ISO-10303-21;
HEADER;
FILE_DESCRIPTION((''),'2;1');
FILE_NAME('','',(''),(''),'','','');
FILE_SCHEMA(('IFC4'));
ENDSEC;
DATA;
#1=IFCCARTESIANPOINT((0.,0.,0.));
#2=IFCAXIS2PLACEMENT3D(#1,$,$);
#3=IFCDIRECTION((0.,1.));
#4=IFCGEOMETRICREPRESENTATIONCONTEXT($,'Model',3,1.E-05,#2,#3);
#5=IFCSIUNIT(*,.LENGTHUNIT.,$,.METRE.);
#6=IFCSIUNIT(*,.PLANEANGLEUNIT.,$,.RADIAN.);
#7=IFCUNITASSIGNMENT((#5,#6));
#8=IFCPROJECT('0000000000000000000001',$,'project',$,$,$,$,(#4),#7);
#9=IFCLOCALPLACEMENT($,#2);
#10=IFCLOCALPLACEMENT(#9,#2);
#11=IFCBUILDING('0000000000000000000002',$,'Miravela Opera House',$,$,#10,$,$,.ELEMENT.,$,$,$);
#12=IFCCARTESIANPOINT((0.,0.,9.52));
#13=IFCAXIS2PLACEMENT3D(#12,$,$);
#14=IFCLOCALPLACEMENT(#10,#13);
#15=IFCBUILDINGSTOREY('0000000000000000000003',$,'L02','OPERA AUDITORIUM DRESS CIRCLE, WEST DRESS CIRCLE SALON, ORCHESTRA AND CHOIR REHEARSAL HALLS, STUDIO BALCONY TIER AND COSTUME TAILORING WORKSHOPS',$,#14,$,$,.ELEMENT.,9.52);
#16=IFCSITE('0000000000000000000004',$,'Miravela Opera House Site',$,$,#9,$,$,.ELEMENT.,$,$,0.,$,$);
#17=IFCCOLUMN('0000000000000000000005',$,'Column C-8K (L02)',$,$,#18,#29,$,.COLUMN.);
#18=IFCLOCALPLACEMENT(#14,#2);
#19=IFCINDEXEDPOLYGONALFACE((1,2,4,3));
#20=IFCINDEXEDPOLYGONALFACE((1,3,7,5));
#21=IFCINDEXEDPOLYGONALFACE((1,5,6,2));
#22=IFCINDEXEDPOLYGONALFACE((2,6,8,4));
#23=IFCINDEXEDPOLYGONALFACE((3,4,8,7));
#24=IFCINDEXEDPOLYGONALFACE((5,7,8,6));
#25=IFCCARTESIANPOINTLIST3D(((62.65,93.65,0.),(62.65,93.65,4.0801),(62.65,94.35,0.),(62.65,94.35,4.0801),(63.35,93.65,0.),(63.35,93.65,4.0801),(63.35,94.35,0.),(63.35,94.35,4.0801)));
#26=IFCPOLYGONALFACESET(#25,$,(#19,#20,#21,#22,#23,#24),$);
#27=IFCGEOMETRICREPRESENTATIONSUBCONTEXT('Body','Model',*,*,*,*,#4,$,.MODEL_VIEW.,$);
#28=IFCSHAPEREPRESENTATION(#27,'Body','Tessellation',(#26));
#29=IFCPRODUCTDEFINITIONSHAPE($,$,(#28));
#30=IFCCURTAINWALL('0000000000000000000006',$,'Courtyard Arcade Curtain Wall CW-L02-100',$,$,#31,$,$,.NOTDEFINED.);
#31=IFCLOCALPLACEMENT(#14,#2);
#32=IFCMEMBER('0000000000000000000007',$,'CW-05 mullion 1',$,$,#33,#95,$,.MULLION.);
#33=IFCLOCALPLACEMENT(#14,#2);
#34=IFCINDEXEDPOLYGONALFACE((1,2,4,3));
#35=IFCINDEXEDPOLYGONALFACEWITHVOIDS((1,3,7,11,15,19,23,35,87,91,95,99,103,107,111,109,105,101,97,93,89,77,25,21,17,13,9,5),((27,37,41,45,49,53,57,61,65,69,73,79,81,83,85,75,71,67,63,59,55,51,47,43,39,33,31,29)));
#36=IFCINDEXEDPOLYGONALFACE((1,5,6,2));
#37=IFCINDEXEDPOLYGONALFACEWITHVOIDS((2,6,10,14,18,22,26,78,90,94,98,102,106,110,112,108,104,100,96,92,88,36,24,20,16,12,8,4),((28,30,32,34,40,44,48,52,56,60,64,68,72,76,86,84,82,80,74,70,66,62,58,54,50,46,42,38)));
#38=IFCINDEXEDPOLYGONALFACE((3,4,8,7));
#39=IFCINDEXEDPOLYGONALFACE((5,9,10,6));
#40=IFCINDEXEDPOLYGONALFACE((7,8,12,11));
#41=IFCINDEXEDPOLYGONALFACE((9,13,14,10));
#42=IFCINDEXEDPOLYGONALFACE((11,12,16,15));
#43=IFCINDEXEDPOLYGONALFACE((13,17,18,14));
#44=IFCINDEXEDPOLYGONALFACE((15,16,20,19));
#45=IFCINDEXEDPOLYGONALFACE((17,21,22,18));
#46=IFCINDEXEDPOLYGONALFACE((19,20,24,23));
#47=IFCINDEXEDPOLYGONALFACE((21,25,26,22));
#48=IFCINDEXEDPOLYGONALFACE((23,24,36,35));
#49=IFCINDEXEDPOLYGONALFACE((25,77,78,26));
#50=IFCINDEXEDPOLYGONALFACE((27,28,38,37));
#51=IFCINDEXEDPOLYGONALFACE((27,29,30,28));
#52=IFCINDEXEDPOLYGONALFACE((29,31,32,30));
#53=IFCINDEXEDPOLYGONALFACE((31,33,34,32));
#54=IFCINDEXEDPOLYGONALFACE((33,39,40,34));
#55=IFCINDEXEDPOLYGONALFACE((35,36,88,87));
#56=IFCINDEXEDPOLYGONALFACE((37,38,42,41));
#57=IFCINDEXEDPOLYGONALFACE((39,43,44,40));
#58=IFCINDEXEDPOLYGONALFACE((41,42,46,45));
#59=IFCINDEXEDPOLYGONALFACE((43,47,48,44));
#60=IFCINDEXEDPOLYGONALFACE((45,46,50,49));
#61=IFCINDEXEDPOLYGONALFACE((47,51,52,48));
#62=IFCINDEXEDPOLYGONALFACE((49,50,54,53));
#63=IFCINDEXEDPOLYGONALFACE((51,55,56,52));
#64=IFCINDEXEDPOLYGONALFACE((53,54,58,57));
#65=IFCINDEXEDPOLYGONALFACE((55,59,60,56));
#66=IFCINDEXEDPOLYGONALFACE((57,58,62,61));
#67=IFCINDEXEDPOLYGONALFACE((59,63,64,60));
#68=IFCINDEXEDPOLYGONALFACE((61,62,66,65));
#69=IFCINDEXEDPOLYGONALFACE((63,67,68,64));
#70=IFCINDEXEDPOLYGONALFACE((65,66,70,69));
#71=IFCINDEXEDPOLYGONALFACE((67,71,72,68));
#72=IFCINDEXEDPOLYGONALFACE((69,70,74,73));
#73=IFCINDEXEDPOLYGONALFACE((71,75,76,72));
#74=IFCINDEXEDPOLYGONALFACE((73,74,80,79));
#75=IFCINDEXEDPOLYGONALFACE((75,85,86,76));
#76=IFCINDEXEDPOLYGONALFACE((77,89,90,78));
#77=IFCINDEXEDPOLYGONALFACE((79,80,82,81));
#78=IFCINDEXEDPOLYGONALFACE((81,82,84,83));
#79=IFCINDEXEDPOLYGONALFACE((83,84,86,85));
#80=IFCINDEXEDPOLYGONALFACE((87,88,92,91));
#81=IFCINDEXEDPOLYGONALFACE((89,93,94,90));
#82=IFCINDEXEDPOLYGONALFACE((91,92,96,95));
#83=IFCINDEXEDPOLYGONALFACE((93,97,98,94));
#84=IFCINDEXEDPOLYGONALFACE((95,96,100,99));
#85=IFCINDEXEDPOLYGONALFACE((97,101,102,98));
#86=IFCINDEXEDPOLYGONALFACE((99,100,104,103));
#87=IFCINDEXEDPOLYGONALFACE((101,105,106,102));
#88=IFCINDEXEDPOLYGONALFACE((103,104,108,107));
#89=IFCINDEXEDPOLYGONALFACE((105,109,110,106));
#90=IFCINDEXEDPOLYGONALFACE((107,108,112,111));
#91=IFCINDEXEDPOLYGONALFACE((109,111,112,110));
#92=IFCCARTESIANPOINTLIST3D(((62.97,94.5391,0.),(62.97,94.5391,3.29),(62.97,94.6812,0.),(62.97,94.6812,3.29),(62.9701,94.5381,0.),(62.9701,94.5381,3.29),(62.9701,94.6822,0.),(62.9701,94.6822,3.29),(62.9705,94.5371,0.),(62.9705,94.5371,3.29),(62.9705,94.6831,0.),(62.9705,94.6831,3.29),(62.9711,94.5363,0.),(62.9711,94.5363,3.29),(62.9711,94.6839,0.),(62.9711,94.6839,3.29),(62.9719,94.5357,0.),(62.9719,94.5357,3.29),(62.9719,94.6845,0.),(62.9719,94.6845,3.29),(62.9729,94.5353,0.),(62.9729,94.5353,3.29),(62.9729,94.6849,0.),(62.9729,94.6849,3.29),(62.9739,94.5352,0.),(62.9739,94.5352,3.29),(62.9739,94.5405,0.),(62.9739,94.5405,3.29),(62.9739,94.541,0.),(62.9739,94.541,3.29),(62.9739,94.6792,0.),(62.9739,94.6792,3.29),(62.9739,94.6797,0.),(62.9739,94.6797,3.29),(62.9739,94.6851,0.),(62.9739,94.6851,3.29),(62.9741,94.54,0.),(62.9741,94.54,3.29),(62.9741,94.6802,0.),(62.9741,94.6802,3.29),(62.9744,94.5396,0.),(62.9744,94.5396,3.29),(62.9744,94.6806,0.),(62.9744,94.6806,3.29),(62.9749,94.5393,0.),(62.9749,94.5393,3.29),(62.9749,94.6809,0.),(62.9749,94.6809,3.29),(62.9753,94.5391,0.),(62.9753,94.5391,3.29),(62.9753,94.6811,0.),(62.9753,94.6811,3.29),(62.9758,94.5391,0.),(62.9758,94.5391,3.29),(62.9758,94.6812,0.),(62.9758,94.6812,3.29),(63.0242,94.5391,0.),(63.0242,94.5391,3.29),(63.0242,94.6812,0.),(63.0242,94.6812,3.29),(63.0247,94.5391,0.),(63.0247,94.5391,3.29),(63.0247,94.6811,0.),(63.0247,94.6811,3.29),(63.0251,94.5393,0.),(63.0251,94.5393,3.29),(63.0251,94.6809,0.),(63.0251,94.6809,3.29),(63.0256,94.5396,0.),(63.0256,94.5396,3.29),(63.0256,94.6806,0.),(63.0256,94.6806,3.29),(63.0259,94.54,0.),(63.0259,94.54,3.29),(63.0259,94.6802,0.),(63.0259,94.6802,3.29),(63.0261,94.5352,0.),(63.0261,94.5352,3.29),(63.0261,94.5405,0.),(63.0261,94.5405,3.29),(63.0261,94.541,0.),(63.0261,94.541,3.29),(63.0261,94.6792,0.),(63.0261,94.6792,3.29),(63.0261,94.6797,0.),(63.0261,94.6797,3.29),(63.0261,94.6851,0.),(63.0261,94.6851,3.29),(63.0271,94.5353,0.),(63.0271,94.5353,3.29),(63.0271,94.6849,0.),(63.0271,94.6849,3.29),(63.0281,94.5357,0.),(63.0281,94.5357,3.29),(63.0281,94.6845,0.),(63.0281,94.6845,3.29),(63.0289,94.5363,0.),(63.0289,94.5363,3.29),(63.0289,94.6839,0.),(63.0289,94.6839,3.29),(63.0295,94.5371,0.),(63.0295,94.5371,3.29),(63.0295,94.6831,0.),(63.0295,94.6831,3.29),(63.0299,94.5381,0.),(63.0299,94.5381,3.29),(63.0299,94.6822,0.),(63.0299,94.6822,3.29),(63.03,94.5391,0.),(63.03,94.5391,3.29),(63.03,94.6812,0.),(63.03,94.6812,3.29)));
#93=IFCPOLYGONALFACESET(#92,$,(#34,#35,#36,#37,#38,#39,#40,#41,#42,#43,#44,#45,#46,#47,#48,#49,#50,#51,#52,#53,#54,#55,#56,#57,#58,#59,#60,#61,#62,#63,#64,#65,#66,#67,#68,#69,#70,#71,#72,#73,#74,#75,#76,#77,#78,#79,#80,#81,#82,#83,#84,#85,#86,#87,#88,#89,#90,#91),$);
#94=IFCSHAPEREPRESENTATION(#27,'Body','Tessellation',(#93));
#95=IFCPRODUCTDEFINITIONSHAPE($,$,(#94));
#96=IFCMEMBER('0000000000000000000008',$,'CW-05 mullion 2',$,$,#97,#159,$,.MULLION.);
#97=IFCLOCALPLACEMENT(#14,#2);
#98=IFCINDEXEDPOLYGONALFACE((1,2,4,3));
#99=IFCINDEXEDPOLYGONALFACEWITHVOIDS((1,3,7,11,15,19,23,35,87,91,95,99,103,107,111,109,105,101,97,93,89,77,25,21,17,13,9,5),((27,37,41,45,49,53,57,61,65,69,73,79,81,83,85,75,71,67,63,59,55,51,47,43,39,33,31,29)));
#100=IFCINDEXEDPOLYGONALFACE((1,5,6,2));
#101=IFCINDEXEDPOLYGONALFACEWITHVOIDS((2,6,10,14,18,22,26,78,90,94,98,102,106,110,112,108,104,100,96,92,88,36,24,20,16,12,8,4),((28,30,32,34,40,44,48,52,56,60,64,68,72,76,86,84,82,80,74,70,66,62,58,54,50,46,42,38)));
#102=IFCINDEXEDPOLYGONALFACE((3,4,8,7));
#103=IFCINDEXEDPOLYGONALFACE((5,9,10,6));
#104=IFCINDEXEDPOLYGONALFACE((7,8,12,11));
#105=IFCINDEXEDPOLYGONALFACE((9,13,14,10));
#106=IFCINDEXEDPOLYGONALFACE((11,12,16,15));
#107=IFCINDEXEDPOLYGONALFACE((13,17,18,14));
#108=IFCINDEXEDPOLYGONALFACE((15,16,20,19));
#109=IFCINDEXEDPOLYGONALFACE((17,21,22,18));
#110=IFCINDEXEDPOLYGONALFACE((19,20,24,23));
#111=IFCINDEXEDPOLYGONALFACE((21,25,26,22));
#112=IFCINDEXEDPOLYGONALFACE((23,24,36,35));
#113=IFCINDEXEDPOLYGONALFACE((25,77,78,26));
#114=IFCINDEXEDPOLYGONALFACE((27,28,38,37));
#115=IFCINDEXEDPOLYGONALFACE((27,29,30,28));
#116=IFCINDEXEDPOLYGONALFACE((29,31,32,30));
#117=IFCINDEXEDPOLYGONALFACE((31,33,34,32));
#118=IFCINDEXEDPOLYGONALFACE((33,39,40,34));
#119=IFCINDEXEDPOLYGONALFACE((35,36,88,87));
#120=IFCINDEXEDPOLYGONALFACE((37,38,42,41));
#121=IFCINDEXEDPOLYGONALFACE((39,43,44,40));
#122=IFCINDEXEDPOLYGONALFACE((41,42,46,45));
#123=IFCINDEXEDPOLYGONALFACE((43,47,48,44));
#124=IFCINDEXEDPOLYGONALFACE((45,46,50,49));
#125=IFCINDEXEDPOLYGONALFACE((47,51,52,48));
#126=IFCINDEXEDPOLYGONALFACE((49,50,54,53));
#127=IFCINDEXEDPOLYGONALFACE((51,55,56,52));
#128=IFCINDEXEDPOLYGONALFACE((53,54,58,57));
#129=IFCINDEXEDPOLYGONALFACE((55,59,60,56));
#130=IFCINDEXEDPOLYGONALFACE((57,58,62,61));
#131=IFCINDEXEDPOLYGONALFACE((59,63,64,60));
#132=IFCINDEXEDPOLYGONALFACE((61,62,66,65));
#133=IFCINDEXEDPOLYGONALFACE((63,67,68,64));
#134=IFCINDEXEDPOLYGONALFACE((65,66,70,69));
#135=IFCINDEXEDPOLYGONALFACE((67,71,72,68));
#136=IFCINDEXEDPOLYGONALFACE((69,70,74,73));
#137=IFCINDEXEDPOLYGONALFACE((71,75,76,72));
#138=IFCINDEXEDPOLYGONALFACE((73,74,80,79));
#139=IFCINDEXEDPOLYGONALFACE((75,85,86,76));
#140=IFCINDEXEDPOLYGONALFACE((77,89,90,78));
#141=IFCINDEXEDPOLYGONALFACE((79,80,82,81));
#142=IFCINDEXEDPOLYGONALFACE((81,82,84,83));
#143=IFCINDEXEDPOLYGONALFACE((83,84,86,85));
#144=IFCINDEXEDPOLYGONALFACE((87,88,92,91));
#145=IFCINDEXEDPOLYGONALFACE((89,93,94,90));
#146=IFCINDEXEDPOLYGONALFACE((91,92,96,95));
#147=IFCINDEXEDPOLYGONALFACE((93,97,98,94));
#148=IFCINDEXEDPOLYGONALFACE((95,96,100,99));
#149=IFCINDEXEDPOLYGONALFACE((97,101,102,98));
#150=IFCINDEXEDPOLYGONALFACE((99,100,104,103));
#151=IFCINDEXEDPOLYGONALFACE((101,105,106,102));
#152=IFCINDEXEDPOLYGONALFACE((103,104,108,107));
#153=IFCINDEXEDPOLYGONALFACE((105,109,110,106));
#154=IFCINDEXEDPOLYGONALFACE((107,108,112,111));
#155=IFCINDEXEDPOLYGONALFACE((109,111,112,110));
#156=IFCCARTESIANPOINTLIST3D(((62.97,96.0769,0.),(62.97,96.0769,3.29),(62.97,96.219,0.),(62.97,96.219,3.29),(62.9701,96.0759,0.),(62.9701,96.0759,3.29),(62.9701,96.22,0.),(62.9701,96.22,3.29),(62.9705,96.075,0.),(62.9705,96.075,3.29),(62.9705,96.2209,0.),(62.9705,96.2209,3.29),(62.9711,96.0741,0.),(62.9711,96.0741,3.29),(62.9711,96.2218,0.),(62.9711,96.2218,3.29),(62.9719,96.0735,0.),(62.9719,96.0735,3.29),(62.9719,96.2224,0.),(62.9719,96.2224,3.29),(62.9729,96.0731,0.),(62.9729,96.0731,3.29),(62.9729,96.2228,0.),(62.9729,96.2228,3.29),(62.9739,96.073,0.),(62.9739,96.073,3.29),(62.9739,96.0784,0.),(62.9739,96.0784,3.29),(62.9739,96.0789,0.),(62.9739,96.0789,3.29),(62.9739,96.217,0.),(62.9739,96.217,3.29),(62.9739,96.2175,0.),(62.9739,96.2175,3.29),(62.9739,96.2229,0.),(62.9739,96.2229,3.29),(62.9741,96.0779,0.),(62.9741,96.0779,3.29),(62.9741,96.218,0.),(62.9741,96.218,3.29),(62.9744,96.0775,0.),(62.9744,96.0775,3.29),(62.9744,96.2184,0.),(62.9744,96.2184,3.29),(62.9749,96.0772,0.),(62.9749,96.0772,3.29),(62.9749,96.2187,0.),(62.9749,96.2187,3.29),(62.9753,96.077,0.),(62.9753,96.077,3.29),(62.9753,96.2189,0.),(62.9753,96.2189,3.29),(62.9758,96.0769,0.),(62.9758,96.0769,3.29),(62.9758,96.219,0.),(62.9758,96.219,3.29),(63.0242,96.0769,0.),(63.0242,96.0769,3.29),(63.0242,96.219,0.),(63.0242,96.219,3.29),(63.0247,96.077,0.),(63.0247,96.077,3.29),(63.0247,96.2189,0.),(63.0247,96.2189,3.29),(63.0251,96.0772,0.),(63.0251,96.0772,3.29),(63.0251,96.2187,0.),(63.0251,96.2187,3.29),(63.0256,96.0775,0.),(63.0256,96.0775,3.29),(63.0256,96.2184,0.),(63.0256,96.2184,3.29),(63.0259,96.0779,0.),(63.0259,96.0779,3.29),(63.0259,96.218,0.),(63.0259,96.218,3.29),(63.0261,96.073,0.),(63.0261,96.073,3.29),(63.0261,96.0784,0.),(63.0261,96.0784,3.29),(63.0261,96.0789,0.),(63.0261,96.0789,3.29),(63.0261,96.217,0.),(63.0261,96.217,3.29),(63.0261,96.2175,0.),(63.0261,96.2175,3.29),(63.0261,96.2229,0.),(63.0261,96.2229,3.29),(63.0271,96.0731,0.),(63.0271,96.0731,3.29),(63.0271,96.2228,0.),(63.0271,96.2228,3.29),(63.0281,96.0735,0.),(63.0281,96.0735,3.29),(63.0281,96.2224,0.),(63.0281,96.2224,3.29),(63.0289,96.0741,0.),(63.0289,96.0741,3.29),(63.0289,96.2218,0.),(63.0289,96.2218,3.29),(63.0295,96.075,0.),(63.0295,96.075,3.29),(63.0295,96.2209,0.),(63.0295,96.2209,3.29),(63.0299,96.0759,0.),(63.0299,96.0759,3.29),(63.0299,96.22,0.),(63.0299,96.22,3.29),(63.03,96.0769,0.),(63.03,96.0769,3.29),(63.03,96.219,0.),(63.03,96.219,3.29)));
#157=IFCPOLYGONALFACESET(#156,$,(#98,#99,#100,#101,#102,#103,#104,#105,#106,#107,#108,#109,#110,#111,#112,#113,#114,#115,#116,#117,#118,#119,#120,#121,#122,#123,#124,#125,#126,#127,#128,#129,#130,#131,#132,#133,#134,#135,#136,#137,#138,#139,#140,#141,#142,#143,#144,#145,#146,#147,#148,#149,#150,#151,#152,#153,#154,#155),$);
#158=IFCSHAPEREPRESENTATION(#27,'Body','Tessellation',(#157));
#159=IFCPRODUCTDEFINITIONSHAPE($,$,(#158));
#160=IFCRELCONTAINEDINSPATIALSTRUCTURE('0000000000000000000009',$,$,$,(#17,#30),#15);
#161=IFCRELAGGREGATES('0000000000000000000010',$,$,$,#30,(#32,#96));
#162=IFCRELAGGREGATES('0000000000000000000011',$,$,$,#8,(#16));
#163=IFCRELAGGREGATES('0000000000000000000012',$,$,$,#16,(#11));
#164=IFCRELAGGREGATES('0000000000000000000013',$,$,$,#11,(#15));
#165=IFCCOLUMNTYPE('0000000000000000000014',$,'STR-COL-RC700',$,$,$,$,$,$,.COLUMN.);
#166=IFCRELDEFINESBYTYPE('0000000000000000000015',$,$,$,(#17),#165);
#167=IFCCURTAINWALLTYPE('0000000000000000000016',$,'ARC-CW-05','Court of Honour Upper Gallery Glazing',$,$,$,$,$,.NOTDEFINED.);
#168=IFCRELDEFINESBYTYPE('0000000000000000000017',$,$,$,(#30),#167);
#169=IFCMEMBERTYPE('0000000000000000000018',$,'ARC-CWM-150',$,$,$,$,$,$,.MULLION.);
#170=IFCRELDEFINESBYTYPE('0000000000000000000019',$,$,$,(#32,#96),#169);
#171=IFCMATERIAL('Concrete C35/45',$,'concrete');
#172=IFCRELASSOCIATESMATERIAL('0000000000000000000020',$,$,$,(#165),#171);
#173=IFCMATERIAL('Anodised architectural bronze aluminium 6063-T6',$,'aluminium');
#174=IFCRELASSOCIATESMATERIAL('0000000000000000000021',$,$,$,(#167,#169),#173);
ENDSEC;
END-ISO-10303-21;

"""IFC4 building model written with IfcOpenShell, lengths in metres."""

from ifc_helpers import new_model, si_unit, direction, frame, origin, origin_2d, place, context, subcontext, project, spatial, rectangle, hollow_rectangle, extrude, material, material_profile, profile_set, type_object, element, aggregate, save


model = new_model("IFC4")

# Units and contexts
model_context = context("Model", 3, precision=1e-05, world=origin(), true_north=direction((0.0, 1.0)))
body_context = subcontext(model_context, "Body", "Model", "MODEL_VIEW")
ifc_project = project(units=[si_unit("LENGTHUNIT", "METRE"), si_unit("PLANEANGLEUNIT", "RADIAN")], contexts=[model_context])

# Site, building, storey
site_placement = place(None, origin())
site = spatial("IfcSite", under=ifc_project, at=site_placement, Name="Miravela Opera House Site", CompositionType="ELEMENT", RefElevation=0.0)
building_placement = place(site_placement, origin())
building = spatial("IfcBuilding", under=site, at=building_placement, Name="Miravela Opera House", CompositionType="ELEMENT")
storey_placement = place(building_placement, frame((0.0, 0.0, 9.52)))
storey = spatial("IfcBuildingStorey", under=building, at=storey_placement, Name="L02", Description="OPERA AUDITORIUM DRESS CIRCLE, WEST DRESS CIRCLE SALON, ORCHESTRA AND CHOIR REHEARSAL HALLS, STUDIO BALCONY TIER AND COSTUME TAILORING WORKSHOPS", CompositionType="ELEMENT", Elevation=9.52)

# Column
ifc_material_1 = material(Name="Concrete C35/45", Category="concrete")
ifc_material_profile_1 = material_profile(ifc_material_1, rectangle(XDim=0.7, YDim=0.7, at=origin_2d()), Name="RC-COL-700X700")
ifc_profile_set_1 = profile_set([ifc_material_profile_1])
column_type = type_object("IfcColumnType", Name="STR-COL-RC700", PredefinedType="COLUMN", material=ifc_profile_set_1)
column_placement = place(storey_placement, frame((63.0, 94.0, 0.0), z_axis=(0.0, 0.0, 1.0), x_axis=(1.0, 0.0, 0.0)))
element("IfcColumn", 1, at=column_placement, inside=storey, type_object=column_type, Name="Column C-8K (L02)", PredefinedType="COLUMN", context=body_context, shape_type="SweptSolid", body=[
    extrude(rectangle(XDim=0.7, YDim=0.7, at=origin_2d()), origin(), (0.0, 0.0, 1.0), 4.0801),
])

# Curtain wall, members
ifc_material_2 = material(Name="Anodised architectural bronze aluminium 6063-T6", Category="aluminium")
curtain_wall_type = type_object("IfcCurtainWallType", Name="ARC-CW-05", Description="Court of Honour Upper Gallery Glazing", PredefinedType="NOTDEFINED", material=ifc_material_2)
curtain_wall_placement = place(storey_placement, origin())
curtain_wall = element("IfcCurtainWall", 2, at=curtain_wall_placement, inside=storey, type_object=curtain_wall_type, Name="Courtyard Arcade Curtain Wall CW-L02-100", PredefinedType="NOTDEFINED")
ifc_material_profile_2 = material_profile(ifc_material_2, hollow_rectangle(XDim=0.0601, YDim=0.1499, WallThickness=0.0039, InnerFilletRadius=0.002, OuterFilletRadius=0.0039, at=origin_2d()), Name="CWM-60X150")
ifc_profile_set_2 = profile_set([ifc_material_profile_2])
member_type_1 = type_object("IfcMemberType", Name="ARC-CWM-150", PredefinedType="MULLION", material=ifc_profile_set_2)
member_1_placement = place(storey_placement, frame((63.0, 94.6101, 0.0), z_axis=(0.0, 0.0, 1.0), x_axis=(-1.0, 0.0, 0.0)))
member_1 = element("IfcMember", 3, at=member_1_placement, type_object=member_type_1, Name="CW-05 mullion 1", PredefinedType="MULLION", context=body_context, shape_type="SweptSolid", body=[
    extrude(hollow_rectangle(XDim=0.0601, YDim=0.1499, WallThickness=0.0039, InnerFilletRadius=0.002, OuterFilletRadius=0.0039, at=origin_2d()), origin(), (0.0, 0.0, 1.0), 3.29),
])
member_2_placement = place(storey_placement, frame((63.0, 96.1479, 0.0), z_axis=(0.0, 0.0, 1.0), x_axis=(-1.0, 0.0, 0.0)))
member_2 = element("IfcMember", 4, at=member_2_placement, type_object=member_type_1, Name="CW-05 mullion 2", PredefinedType="MULLION", context=body_context, shape_type="SweptSolid", body=[
    extrude(hollow_rectangle(XDim=0.0601, YDim=0.1499, WallThickness=0.0039, InnerFilletRadius=0.002, OuterFilletRadius=0.0039, at=origin_2d()), origin(), (0.0, 0.0, 1.0), 3.29),
])

aggregate(curtain_wall, [member_1, member_2])

save(model, "model.ifc")
